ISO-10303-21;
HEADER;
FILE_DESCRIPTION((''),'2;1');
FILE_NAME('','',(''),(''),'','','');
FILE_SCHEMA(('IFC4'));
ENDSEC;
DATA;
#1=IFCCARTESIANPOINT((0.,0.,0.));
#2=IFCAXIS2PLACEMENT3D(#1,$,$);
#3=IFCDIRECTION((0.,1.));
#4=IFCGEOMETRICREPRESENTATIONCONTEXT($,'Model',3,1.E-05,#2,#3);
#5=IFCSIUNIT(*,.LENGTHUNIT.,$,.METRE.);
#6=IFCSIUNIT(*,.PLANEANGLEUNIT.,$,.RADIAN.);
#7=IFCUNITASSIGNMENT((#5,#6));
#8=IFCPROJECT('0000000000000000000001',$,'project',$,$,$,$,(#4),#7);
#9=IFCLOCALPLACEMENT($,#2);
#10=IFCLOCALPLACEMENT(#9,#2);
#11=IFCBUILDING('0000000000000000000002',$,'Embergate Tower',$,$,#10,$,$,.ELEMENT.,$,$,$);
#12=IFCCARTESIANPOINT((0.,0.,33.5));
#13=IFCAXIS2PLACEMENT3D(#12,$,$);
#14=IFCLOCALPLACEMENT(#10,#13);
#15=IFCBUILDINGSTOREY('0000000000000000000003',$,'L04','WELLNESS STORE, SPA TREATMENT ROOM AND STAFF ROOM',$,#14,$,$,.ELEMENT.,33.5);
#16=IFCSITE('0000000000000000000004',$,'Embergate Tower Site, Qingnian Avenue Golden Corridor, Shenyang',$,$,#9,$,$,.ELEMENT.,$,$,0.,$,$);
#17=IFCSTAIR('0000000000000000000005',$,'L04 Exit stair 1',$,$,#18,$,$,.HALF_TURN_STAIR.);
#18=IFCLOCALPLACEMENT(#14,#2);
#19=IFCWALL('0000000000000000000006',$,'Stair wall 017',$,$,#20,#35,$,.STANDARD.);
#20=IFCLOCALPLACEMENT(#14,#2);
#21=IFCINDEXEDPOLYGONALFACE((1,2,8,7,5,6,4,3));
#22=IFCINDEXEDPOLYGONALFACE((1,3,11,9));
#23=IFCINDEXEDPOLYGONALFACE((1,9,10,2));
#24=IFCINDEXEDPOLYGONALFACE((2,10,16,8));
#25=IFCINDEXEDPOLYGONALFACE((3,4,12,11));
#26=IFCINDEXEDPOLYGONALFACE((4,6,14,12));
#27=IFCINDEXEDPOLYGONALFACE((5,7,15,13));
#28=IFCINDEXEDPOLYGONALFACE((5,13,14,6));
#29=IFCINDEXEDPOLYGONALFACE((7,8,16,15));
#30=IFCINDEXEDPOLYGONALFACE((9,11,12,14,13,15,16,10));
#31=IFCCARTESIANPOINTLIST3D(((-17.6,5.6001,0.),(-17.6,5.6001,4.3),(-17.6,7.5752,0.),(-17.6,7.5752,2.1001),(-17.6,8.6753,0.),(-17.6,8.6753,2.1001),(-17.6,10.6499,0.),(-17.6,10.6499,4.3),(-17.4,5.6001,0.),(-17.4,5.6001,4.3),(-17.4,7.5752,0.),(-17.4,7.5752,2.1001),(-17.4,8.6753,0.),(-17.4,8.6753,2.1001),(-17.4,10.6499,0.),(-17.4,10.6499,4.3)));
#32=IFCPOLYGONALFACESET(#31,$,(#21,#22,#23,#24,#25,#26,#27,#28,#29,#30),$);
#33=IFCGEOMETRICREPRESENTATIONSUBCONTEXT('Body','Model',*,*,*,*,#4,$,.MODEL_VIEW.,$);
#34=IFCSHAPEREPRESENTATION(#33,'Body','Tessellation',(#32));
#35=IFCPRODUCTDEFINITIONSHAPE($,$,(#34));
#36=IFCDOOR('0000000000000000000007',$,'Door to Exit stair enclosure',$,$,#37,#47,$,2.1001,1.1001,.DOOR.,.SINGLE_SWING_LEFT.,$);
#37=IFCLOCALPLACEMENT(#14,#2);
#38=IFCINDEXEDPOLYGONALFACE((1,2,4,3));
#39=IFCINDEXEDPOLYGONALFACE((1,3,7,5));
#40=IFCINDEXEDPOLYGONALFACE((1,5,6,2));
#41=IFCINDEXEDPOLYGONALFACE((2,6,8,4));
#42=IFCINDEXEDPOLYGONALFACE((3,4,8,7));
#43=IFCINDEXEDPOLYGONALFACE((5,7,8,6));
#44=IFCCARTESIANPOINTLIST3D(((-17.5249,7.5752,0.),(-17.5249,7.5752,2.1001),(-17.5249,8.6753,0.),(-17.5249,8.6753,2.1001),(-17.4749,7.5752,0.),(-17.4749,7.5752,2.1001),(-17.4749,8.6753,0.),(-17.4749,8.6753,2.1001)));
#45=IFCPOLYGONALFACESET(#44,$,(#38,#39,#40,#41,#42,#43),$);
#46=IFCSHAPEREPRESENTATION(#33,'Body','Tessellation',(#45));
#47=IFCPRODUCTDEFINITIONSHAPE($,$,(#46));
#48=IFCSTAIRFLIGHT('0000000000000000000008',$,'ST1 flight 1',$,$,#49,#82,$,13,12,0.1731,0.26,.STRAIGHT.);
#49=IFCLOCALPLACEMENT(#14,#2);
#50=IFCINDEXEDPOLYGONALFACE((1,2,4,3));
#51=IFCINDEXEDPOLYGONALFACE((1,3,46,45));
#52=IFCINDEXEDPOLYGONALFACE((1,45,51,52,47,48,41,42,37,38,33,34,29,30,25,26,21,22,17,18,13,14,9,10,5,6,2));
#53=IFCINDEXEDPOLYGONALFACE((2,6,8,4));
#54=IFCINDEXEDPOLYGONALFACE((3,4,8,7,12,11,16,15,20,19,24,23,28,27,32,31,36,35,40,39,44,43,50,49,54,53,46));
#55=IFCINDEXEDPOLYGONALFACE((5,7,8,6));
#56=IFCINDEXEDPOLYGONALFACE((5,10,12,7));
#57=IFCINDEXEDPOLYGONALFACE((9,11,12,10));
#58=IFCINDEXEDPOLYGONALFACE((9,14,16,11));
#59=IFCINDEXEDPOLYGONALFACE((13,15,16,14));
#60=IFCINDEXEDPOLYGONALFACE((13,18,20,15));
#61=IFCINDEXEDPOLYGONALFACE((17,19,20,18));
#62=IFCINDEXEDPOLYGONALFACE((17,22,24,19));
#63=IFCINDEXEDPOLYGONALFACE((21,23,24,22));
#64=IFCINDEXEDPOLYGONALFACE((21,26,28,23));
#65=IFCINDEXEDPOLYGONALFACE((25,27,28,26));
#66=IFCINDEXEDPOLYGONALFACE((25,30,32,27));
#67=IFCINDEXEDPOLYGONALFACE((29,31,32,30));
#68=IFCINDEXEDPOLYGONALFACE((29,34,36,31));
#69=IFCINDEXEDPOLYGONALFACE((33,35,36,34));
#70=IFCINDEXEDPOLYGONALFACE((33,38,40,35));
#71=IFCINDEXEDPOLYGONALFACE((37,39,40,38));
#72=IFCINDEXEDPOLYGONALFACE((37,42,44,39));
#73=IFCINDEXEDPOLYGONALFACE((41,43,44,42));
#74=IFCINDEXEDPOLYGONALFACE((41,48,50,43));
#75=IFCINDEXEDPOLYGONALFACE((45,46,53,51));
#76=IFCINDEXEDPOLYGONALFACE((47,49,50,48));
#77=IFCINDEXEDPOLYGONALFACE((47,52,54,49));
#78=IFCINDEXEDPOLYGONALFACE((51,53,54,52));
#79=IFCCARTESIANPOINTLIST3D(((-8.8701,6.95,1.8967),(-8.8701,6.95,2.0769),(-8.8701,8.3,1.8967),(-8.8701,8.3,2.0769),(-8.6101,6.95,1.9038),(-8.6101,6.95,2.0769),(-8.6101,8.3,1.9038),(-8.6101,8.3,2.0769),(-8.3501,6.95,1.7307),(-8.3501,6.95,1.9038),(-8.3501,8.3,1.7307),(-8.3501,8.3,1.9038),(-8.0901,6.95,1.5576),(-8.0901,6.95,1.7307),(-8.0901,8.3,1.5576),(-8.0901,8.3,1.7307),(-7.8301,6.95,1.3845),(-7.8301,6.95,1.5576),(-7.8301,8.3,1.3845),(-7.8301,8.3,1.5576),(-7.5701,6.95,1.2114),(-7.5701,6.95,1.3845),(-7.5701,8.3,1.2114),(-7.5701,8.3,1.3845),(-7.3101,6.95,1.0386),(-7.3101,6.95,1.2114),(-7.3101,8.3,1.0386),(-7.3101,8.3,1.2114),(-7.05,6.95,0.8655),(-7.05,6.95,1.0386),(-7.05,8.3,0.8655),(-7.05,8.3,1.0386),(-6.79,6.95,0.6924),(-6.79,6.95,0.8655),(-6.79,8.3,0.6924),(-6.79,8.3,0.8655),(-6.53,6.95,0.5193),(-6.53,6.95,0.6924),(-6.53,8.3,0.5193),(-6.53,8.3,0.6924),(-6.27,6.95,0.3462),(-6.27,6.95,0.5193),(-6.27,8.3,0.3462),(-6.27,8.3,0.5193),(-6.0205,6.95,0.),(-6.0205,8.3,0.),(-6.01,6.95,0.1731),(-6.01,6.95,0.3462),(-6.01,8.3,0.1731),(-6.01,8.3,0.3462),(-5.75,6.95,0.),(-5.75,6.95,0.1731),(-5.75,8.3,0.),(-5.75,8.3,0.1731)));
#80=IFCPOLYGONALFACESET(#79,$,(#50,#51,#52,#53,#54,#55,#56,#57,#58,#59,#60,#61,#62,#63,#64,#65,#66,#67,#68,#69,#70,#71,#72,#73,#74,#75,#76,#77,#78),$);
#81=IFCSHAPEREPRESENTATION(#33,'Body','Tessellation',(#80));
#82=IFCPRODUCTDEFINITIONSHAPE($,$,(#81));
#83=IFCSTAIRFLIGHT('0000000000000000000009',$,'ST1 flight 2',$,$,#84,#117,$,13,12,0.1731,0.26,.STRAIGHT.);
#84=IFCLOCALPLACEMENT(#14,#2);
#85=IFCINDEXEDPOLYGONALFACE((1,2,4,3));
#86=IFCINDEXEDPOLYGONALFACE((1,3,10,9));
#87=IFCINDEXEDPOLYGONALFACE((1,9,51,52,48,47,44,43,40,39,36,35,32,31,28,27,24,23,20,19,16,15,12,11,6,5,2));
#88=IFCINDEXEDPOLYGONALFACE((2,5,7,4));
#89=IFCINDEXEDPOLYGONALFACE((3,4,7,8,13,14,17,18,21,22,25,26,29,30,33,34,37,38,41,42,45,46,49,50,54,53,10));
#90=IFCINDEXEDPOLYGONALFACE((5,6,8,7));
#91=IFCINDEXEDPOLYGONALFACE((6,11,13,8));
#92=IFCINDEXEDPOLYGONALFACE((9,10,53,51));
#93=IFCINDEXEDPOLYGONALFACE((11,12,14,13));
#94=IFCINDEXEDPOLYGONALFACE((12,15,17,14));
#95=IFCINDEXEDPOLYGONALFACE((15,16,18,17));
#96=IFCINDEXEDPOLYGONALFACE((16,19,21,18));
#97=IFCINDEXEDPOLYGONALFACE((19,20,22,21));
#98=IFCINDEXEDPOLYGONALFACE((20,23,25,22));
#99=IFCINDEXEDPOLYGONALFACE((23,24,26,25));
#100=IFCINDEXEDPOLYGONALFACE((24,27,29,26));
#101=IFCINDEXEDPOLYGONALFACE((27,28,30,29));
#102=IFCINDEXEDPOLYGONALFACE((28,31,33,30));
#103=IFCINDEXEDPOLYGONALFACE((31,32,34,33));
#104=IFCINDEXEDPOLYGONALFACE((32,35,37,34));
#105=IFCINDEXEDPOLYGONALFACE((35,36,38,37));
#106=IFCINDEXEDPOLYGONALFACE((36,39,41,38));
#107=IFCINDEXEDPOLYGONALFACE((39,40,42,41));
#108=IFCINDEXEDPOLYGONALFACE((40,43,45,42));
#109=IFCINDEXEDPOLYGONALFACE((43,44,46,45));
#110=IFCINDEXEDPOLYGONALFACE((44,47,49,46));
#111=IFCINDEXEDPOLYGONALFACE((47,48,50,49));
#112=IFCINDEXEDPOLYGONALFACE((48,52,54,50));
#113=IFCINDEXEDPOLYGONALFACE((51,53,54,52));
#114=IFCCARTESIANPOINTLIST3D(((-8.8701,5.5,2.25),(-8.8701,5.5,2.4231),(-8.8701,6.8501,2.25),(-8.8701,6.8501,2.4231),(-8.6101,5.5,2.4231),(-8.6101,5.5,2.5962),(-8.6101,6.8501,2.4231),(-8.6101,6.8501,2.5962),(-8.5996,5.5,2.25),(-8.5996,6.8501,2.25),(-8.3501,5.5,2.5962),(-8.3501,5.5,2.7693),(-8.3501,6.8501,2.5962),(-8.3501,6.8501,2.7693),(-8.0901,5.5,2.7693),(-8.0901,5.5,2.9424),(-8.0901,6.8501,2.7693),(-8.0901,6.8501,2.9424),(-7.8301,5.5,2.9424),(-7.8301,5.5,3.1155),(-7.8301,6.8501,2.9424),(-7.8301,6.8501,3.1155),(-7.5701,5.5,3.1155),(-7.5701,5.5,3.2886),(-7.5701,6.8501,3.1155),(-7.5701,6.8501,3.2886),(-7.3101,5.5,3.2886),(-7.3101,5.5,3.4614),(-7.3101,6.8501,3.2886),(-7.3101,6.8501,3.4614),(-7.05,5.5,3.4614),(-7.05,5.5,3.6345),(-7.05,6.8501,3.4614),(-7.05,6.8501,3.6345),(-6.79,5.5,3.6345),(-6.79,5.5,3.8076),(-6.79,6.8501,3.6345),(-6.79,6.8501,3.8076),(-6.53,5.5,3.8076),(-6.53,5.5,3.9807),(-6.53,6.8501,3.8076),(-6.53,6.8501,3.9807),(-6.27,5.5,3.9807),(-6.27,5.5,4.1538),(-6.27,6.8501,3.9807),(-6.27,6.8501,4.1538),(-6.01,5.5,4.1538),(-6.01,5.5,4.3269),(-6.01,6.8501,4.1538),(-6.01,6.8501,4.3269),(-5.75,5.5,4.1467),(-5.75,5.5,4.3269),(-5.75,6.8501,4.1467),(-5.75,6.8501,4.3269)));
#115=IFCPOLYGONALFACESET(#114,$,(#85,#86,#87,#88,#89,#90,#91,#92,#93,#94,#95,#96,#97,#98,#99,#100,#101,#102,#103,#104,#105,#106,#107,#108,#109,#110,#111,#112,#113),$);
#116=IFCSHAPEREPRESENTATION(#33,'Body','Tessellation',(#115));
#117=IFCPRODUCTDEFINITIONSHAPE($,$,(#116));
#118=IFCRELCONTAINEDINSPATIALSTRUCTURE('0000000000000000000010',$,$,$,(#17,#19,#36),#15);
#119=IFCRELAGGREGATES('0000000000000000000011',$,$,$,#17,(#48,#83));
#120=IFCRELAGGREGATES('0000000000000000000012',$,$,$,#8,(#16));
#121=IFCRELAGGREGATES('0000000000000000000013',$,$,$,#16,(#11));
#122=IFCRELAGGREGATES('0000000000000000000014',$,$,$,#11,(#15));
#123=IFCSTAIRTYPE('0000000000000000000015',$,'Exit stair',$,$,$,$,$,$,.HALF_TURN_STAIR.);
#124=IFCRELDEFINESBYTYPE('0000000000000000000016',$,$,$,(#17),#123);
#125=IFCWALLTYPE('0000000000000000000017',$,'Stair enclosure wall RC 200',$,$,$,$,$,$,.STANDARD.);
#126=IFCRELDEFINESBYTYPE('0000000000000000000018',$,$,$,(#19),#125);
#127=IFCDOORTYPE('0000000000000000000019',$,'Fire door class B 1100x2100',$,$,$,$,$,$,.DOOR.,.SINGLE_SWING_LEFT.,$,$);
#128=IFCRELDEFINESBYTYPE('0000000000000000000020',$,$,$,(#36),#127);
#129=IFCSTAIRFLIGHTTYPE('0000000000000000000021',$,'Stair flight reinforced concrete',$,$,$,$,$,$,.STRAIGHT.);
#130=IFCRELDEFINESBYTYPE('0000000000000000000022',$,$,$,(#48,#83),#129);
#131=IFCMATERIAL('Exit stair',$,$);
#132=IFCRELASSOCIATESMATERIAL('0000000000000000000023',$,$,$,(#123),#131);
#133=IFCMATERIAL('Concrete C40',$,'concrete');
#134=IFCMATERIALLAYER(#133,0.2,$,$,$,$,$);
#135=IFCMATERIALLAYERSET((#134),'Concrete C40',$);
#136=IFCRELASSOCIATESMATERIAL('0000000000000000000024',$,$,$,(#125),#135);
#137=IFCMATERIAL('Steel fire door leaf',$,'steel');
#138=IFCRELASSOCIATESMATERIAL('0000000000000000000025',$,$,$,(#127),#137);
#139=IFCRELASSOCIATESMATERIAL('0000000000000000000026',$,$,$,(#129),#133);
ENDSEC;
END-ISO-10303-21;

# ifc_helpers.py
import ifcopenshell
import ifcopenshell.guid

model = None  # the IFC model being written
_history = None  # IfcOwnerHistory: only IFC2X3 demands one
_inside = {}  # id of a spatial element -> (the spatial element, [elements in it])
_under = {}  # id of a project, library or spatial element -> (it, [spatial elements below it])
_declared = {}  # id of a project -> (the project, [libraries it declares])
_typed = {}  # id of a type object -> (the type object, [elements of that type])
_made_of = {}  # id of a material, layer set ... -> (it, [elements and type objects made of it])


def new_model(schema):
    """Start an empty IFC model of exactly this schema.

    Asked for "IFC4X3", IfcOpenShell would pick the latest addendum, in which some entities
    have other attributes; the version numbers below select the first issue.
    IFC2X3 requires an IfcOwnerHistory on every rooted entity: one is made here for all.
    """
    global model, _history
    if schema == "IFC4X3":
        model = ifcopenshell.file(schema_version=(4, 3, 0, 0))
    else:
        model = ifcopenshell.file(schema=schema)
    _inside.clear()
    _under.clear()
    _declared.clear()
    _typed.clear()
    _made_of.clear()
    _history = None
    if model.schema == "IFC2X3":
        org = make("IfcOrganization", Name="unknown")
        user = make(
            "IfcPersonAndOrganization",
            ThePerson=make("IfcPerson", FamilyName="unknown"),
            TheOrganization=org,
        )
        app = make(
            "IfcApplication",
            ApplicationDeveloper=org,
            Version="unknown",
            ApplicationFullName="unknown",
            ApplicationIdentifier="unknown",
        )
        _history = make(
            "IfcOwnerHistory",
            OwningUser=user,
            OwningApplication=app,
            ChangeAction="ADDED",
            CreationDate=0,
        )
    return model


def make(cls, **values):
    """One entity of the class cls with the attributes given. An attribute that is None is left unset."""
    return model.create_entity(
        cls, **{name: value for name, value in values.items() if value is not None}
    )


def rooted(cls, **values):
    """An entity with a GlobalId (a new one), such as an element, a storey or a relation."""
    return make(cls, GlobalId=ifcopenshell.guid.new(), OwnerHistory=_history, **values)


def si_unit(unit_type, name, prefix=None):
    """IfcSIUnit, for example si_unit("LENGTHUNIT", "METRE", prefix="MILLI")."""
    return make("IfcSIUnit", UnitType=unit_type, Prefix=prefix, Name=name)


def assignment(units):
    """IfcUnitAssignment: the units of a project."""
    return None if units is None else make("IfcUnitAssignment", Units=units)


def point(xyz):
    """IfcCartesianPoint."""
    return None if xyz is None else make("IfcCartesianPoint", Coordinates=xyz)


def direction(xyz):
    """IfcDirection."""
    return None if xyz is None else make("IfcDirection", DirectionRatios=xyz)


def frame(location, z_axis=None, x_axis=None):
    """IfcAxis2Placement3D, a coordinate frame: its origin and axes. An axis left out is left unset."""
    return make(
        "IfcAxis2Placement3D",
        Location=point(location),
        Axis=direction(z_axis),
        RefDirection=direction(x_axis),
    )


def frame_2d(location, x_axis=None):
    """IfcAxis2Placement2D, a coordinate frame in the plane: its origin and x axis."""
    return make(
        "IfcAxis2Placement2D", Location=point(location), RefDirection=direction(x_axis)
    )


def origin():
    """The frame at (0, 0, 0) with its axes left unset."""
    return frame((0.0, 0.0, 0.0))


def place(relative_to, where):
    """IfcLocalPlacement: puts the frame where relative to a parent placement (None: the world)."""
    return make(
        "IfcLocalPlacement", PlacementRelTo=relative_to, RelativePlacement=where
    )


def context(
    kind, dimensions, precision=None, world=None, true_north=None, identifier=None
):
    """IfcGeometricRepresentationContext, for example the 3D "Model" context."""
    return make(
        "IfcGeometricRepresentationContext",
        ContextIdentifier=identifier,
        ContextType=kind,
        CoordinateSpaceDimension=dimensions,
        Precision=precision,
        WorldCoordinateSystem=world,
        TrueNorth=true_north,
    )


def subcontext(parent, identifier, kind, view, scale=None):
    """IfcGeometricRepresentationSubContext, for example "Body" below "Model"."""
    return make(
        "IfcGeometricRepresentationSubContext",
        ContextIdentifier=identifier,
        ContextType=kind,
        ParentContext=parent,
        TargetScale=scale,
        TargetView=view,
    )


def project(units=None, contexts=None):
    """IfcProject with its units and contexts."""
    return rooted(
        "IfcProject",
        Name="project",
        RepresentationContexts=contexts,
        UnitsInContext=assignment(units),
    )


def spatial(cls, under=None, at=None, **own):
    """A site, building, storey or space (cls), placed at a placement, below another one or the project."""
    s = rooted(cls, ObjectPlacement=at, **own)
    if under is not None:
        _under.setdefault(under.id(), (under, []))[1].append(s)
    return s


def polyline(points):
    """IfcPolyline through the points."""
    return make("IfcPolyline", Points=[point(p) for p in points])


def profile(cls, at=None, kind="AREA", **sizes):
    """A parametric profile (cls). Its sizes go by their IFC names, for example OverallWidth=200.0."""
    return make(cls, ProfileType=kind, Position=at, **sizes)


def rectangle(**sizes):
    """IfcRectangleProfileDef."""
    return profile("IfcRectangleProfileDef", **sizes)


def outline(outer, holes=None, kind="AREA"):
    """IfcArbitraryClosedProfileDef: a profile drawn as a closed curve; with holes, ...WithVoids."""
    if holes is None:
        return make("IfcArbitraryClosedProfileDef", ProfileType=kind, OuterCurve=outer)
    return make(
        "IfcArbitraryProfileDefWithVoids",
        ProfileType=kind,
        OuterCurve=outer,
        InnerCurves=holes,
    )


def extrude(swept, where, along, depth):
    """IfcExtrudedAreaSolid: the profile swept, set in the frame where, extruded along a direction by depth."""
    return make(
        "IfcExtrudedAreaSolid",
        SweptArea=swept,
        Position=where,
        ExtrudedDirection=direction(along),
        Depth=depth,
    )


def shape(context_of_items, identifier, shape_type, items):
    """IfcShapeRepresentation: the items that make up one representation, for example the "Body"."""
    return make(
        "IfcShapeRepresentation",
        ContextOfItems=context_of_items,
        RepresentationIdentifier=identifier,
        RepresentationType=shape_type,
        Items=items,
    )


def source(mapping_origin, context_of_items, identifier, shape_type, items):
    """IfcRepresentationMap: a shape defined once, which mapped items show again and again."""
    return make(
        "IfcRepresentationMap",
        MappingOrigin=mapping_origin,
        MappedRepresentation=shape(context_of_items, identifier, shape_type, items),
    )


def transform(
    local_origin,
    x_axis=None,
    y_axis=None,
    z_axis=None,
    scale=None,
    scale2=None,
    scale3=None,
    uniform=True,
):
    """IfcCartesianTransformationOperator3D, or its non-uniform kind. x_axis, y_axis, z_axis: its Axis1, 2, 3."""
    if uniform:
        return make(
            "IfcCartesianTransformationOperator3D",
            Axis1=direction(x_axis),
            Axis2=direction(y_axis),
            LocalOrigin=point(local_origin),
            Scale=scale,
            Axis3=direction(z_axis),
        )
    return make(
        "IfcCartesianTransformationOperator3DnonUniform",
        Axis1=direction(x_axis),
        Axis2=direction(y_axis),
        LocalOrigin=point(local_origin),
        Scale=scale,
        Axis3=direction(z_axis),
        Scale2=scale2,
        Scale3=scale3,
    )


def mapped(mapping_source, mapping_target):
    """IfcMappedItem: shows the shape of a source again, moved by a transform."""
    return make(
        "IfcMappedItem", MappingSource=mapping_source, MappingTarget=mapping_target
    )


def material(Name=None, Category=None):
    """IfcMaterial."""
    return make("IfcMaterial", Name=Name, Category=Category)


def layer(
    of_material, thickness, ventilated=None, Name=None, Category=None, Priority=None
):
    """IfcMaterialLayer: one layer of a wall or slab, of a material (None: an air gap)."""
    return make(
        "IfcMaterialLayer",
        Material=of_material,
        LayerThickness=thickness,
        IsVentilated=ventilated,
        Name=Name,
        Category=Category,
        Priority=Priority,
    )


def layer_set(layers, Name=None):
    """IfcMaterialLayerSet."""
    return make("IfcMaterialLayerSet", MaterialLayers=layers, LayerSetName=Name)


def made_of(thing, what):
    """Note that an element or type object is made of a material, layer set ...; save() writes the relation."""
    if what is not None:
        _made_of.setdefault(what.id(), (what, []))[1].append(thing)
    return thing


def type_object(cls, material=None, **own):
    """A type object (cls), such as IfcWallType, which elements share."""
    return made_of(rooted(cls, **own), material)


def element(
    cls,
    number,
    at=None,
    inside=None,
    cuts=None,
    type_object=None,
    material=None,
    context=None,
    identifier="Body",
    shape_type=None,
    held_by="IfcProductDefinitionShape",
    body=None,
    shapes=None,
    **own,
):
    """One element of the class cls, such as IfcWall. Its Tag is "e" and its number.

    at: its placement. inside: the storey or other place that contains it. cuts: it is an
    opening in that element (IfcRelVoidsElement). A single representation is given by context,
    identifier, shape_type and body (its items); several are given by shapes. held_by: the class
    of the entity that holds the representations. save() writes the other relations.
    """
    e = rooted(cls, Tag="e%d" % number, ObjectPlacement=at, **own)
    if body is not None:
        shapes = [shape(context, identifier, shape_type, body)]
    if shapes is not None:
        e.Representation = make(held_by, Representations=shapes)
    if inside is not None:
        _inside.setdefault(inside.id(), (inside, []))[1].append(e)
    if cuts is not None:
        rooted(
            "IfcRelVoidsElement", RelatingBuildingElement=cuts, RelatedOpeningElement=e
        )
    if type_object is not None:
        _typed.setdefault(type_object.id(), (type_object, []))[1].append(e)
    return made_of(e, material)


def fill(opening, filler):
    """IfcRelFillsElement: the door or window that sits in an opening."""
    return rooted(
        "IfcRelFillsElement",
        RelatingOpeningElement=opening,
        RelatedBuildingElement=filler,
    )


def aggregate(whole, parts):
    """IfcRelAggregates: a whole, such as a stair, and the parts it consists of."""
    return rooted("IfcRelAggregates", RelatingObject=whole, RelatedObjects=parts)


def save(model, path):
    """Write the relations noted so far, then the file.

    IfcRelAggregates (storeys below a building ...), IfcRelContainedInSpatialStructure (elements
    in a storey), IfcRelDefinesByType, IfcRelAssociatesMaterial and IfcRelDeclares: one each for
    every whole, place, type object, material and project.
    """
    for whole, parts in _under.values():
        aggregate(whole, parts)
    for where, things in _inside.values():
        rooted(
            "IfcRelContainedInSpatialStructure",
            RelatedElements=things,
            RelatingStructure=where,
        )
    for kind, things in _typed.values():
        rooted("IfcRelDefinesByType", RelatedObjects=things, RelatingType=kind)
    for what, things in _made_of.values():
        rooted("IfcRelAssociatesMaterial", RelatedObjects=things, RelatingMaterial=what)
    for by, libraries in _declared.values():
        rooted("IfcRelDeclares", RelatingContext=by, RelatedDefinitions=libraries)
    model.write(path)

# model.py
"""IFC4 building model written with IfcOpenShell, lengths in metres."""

from ifc_helpers import new_model, si_unit, direction, frame, frame_2d, origin, place, context, subcontext, project, spatial, polyline, rectangle, outline, extrude, source, transform, mapped, material, layer, layer_set, type_object, element, fill, aggregate, save


model = new_model("IFC4")

# Units and contexts
model_context = context("Model", 3, precision=1e-05, world=origin(), true_north=direction((0.0, 1.0)))
body_context = subcontext(model_context, "Body", "Model", "MODEL_VIEW")
ifc_project = project(units=[si_unit("LENGTHUNIT", "METRE"), si_unit("PLANEANGLEUNIT", "RADIAN")], contexts=[model_context])

# Site, building, storey
site_placement = place(None, origin())
site = spatial("IfcSite", under=ifc_project, at=site_placement, Name="Embergate Tower Site, Qingnian Avenue Golden Corridor, Shenyang", CompositionType="ELEMENT", RefElevation=0.0)
building_placement = place(site_placement, origin())
building = spatial("IfcBuilding", under=site, at=building_placement, Name="Embergate Tower", CompositionType="ELEMENT")
storey_placement = place(building_placement, frame((0.0, 0.0, 33.5)))
storey = spatial("IfcBuildingStorey", under=building, at=storey_placement, Name="L04", Description="WELLNESS STORE, SPA TREATMENT ROOM AND STAFF ROOM", CompositionType="ELEMENT", Elevation=33.5)

# Stair
ifc_material_1 = material(Name="Exit stair")
stair_type = type_object("IfcStairType", Name="Exit stair", PredefinedType="HALF_TURN_STAIR", material=ifc_material_1)
stair_placement = place(storey_placement, origin())
stair = element("IfcStair", 1, at=stair_placement, inside=storey, type_object=stair_type, Name="L04 Exit stair 1", PredefinedType="HALF_TURN_STAIR")
ifc_material_2 = material(Name="Concrete C40", Category="concrete")

# Wall, opening, door
ifc_layer_1 = layer(ifc_material_2, 0.2)
ifc_layer_set_1 = layer_set([ifc_layer_1], Name="Concrete C40")
wall_type_1 = type_object("IfcWallType", Name="Stair enclosure wall RC 200", PredefinedType="STANDARD", material=ifc_layer_set_1)
shared_shape_1 = source(origin(), body_context, "Body", "SweptSolid", [
    extrude(rectangle(XDim=5.0498, YDim=0.2, at=frame_2d((2.5249, 0.0))), origin(), (0.0, 0.0, 1.0), 4.3),
])
wall_1_placement = place(storey_placement, frame((-17.5, 5.6001, 0.0), z_axis=(0.0, 0.0, 1.0), x_axis=(0.0, 1.0, 0.0)))
wall_1 = element("IfcWall", 2, at=wall_1_placement, inside=storey, type_object=wall_type_1, Name="Stair wall 017", PredefinedType="STANDARD", context=body_context, shape_type="MappedRepresentation", body=[
    mapped(shared_shape_1, transform((0.0, 0.0, 0.0))),
])
shared_shape_2 = source(origin(), body_context, "Body", "SweptSolid", [
    extrude(rectangle(XDim=1.1001, YDim=2.1001, at=frame_2d((0.55, 1.05))), frame((0.0, 0.1099, 0.0), z_axis=(0.0, -1.0, 0.0), x_axis=(1.0, 0.0, 0.0)), (0.0, 0.0, 1.0), 0.22),
])
opening_1_placement = place(wall_1_placement, frame((1.9751, 0.0, 0.0)))
opening_1 = element("IfcOpeningElement", 3, at=opening_1_placement, cuts=wall_1, PredefinedType="OPENING", context=body_context, shape_type="MappedRepresentation", body=[
    mapped(shared_shape_2, transform((0.0, 0.0, 0.0))),
])
ifc_material_3 = material(Name="Steel fire door leaf", Category="steel")
door_type_1 = type_object("IfcDoorType", Name="Fire door class B 1100x2100", OperationType="SINGLE_SWING_LEFT", PredefinedType="DOOR", material=ifc_material_3)
shared_shape_3 = source(origin(), body_context, "Body", "SweptSolid", [
    extrude(rectangle(XDim=1.1001, YDim=2.1001, at=frame_2d((0.55, 1.05))), frame((0.0, 0.0249, 0.0), z_axis=(0.0, -1.0, 0.0), x_axis=(1.0, 0.0, 0.0)), (0.0, 0.0, 1.0), 0.05),
])
door_1_placement = place(opening_1_placement, origin())
door_1 = element("IfcDoor", 4, at=door_1_placement, inside=storey, type_object=door_type_1, Name="Door to Exit stair enclosure", OperationType="SINGLE_SWING_LEFT", OverallHeight=2.1001, OverallWidth=1.1001, PredefinedType="DOOR", context=body_context, shape_type="MappedRepresentation", body=[
    mapped(shared_shape_3, transform((0.0, 0.0, 0.0))),
])
fill(opening_1, door_1)

# Stair flights
stair_flight_type = type_object("IfcStairFlightType", Name="Stair flight reinforced concrete", PredefinedType="STRAIGHT", material=ifc_material_2)
shared_shape_4 = source(origin(), body_context, "Body", "SweptSolid", [
    extrude(outline(polyline([(0.0, 0.0), (0.0, 0.1731), (0.26, 0.1731), (0.26, 0.3462), (0.52, 0.3462), (0.52, 0.5193), (0.78, 0.5193), (0.78, 0.6924), (1.04, 0.6924), (1.04, 0.8655), (1.3, 0.8655), (1.3, 1.0386), (1.5601, 1.0386), (1.5601, 1.2114), (1.8201, 1.2114), (1.8201, 1.3845), (2.0801, 1.3845), (2.0801, 1.5576), (2.3401, 1.5576), (2.3401, 1.7307), (2.6001, 1.7307), (2.6001, 1.9038), (2.8601, 1.9038), (2.8601, 2.0769), (3.1201, 2.0769), (3.1201, 2.25), (3.1201, 1.8967), (0.2705, 0.0), (0.0, 0.0)])), frame((0.0, 0.675, 0.0), z_axis=(0.0, -1.0, 0.0), x_axis=(1.0, 0.0, 0.0)), (0.0, 0.0, 1.0), 1.3501),
])
stair_flight_1_placement = place(storey_placement, frame((-5.75, 7.625, 0.0), z_axis=(0.0, 0.0, 1.0), x_axis=(-1.0, 0.0, 0.0)))
stair_flight_1 = element("IfcStairFlight", 5, at=stair_flight_1_placement, type_object=stair_flight_type, Name="ST1 flight 1", NumberOfRisers=13, NumberOfTreads=12, PredefinedType="STRAIGHT", RiserHeight=0.1731, TreadLength=0.26, context=body_context, shape_type="MappedRepresentation", body=[
    mapped(shared_shape_4, transform((0.0, 0.0, 0.0))),
])
stair_flight_2_placement = place(storey_placement, frame((-8.8701, 6.175, 2.25), z_axis=(0.0, 0.0, 1.0), x_axis=(1.0, 0.0, 0.0)))
stair_flight_2 = element("IfcStairFlight", 6, at=stair_flight_2_placement, type_object=stair_flight_type, Name="ST1 flight 2", NumberOfRisers=13, NumberOfTreads=12, PredefinedType="STRAIGHT", RiserHeight=0.1731, TreadLength=0.26, context=body_context, shape_type="MappedRepresentation", body=[
    mapped(shared_shape_4, transform((0.0, 0.0, 0.0))),
])
aggregate(stair, [stair_flight_1, stair_flight_2])

save(model, "model.ifc")
